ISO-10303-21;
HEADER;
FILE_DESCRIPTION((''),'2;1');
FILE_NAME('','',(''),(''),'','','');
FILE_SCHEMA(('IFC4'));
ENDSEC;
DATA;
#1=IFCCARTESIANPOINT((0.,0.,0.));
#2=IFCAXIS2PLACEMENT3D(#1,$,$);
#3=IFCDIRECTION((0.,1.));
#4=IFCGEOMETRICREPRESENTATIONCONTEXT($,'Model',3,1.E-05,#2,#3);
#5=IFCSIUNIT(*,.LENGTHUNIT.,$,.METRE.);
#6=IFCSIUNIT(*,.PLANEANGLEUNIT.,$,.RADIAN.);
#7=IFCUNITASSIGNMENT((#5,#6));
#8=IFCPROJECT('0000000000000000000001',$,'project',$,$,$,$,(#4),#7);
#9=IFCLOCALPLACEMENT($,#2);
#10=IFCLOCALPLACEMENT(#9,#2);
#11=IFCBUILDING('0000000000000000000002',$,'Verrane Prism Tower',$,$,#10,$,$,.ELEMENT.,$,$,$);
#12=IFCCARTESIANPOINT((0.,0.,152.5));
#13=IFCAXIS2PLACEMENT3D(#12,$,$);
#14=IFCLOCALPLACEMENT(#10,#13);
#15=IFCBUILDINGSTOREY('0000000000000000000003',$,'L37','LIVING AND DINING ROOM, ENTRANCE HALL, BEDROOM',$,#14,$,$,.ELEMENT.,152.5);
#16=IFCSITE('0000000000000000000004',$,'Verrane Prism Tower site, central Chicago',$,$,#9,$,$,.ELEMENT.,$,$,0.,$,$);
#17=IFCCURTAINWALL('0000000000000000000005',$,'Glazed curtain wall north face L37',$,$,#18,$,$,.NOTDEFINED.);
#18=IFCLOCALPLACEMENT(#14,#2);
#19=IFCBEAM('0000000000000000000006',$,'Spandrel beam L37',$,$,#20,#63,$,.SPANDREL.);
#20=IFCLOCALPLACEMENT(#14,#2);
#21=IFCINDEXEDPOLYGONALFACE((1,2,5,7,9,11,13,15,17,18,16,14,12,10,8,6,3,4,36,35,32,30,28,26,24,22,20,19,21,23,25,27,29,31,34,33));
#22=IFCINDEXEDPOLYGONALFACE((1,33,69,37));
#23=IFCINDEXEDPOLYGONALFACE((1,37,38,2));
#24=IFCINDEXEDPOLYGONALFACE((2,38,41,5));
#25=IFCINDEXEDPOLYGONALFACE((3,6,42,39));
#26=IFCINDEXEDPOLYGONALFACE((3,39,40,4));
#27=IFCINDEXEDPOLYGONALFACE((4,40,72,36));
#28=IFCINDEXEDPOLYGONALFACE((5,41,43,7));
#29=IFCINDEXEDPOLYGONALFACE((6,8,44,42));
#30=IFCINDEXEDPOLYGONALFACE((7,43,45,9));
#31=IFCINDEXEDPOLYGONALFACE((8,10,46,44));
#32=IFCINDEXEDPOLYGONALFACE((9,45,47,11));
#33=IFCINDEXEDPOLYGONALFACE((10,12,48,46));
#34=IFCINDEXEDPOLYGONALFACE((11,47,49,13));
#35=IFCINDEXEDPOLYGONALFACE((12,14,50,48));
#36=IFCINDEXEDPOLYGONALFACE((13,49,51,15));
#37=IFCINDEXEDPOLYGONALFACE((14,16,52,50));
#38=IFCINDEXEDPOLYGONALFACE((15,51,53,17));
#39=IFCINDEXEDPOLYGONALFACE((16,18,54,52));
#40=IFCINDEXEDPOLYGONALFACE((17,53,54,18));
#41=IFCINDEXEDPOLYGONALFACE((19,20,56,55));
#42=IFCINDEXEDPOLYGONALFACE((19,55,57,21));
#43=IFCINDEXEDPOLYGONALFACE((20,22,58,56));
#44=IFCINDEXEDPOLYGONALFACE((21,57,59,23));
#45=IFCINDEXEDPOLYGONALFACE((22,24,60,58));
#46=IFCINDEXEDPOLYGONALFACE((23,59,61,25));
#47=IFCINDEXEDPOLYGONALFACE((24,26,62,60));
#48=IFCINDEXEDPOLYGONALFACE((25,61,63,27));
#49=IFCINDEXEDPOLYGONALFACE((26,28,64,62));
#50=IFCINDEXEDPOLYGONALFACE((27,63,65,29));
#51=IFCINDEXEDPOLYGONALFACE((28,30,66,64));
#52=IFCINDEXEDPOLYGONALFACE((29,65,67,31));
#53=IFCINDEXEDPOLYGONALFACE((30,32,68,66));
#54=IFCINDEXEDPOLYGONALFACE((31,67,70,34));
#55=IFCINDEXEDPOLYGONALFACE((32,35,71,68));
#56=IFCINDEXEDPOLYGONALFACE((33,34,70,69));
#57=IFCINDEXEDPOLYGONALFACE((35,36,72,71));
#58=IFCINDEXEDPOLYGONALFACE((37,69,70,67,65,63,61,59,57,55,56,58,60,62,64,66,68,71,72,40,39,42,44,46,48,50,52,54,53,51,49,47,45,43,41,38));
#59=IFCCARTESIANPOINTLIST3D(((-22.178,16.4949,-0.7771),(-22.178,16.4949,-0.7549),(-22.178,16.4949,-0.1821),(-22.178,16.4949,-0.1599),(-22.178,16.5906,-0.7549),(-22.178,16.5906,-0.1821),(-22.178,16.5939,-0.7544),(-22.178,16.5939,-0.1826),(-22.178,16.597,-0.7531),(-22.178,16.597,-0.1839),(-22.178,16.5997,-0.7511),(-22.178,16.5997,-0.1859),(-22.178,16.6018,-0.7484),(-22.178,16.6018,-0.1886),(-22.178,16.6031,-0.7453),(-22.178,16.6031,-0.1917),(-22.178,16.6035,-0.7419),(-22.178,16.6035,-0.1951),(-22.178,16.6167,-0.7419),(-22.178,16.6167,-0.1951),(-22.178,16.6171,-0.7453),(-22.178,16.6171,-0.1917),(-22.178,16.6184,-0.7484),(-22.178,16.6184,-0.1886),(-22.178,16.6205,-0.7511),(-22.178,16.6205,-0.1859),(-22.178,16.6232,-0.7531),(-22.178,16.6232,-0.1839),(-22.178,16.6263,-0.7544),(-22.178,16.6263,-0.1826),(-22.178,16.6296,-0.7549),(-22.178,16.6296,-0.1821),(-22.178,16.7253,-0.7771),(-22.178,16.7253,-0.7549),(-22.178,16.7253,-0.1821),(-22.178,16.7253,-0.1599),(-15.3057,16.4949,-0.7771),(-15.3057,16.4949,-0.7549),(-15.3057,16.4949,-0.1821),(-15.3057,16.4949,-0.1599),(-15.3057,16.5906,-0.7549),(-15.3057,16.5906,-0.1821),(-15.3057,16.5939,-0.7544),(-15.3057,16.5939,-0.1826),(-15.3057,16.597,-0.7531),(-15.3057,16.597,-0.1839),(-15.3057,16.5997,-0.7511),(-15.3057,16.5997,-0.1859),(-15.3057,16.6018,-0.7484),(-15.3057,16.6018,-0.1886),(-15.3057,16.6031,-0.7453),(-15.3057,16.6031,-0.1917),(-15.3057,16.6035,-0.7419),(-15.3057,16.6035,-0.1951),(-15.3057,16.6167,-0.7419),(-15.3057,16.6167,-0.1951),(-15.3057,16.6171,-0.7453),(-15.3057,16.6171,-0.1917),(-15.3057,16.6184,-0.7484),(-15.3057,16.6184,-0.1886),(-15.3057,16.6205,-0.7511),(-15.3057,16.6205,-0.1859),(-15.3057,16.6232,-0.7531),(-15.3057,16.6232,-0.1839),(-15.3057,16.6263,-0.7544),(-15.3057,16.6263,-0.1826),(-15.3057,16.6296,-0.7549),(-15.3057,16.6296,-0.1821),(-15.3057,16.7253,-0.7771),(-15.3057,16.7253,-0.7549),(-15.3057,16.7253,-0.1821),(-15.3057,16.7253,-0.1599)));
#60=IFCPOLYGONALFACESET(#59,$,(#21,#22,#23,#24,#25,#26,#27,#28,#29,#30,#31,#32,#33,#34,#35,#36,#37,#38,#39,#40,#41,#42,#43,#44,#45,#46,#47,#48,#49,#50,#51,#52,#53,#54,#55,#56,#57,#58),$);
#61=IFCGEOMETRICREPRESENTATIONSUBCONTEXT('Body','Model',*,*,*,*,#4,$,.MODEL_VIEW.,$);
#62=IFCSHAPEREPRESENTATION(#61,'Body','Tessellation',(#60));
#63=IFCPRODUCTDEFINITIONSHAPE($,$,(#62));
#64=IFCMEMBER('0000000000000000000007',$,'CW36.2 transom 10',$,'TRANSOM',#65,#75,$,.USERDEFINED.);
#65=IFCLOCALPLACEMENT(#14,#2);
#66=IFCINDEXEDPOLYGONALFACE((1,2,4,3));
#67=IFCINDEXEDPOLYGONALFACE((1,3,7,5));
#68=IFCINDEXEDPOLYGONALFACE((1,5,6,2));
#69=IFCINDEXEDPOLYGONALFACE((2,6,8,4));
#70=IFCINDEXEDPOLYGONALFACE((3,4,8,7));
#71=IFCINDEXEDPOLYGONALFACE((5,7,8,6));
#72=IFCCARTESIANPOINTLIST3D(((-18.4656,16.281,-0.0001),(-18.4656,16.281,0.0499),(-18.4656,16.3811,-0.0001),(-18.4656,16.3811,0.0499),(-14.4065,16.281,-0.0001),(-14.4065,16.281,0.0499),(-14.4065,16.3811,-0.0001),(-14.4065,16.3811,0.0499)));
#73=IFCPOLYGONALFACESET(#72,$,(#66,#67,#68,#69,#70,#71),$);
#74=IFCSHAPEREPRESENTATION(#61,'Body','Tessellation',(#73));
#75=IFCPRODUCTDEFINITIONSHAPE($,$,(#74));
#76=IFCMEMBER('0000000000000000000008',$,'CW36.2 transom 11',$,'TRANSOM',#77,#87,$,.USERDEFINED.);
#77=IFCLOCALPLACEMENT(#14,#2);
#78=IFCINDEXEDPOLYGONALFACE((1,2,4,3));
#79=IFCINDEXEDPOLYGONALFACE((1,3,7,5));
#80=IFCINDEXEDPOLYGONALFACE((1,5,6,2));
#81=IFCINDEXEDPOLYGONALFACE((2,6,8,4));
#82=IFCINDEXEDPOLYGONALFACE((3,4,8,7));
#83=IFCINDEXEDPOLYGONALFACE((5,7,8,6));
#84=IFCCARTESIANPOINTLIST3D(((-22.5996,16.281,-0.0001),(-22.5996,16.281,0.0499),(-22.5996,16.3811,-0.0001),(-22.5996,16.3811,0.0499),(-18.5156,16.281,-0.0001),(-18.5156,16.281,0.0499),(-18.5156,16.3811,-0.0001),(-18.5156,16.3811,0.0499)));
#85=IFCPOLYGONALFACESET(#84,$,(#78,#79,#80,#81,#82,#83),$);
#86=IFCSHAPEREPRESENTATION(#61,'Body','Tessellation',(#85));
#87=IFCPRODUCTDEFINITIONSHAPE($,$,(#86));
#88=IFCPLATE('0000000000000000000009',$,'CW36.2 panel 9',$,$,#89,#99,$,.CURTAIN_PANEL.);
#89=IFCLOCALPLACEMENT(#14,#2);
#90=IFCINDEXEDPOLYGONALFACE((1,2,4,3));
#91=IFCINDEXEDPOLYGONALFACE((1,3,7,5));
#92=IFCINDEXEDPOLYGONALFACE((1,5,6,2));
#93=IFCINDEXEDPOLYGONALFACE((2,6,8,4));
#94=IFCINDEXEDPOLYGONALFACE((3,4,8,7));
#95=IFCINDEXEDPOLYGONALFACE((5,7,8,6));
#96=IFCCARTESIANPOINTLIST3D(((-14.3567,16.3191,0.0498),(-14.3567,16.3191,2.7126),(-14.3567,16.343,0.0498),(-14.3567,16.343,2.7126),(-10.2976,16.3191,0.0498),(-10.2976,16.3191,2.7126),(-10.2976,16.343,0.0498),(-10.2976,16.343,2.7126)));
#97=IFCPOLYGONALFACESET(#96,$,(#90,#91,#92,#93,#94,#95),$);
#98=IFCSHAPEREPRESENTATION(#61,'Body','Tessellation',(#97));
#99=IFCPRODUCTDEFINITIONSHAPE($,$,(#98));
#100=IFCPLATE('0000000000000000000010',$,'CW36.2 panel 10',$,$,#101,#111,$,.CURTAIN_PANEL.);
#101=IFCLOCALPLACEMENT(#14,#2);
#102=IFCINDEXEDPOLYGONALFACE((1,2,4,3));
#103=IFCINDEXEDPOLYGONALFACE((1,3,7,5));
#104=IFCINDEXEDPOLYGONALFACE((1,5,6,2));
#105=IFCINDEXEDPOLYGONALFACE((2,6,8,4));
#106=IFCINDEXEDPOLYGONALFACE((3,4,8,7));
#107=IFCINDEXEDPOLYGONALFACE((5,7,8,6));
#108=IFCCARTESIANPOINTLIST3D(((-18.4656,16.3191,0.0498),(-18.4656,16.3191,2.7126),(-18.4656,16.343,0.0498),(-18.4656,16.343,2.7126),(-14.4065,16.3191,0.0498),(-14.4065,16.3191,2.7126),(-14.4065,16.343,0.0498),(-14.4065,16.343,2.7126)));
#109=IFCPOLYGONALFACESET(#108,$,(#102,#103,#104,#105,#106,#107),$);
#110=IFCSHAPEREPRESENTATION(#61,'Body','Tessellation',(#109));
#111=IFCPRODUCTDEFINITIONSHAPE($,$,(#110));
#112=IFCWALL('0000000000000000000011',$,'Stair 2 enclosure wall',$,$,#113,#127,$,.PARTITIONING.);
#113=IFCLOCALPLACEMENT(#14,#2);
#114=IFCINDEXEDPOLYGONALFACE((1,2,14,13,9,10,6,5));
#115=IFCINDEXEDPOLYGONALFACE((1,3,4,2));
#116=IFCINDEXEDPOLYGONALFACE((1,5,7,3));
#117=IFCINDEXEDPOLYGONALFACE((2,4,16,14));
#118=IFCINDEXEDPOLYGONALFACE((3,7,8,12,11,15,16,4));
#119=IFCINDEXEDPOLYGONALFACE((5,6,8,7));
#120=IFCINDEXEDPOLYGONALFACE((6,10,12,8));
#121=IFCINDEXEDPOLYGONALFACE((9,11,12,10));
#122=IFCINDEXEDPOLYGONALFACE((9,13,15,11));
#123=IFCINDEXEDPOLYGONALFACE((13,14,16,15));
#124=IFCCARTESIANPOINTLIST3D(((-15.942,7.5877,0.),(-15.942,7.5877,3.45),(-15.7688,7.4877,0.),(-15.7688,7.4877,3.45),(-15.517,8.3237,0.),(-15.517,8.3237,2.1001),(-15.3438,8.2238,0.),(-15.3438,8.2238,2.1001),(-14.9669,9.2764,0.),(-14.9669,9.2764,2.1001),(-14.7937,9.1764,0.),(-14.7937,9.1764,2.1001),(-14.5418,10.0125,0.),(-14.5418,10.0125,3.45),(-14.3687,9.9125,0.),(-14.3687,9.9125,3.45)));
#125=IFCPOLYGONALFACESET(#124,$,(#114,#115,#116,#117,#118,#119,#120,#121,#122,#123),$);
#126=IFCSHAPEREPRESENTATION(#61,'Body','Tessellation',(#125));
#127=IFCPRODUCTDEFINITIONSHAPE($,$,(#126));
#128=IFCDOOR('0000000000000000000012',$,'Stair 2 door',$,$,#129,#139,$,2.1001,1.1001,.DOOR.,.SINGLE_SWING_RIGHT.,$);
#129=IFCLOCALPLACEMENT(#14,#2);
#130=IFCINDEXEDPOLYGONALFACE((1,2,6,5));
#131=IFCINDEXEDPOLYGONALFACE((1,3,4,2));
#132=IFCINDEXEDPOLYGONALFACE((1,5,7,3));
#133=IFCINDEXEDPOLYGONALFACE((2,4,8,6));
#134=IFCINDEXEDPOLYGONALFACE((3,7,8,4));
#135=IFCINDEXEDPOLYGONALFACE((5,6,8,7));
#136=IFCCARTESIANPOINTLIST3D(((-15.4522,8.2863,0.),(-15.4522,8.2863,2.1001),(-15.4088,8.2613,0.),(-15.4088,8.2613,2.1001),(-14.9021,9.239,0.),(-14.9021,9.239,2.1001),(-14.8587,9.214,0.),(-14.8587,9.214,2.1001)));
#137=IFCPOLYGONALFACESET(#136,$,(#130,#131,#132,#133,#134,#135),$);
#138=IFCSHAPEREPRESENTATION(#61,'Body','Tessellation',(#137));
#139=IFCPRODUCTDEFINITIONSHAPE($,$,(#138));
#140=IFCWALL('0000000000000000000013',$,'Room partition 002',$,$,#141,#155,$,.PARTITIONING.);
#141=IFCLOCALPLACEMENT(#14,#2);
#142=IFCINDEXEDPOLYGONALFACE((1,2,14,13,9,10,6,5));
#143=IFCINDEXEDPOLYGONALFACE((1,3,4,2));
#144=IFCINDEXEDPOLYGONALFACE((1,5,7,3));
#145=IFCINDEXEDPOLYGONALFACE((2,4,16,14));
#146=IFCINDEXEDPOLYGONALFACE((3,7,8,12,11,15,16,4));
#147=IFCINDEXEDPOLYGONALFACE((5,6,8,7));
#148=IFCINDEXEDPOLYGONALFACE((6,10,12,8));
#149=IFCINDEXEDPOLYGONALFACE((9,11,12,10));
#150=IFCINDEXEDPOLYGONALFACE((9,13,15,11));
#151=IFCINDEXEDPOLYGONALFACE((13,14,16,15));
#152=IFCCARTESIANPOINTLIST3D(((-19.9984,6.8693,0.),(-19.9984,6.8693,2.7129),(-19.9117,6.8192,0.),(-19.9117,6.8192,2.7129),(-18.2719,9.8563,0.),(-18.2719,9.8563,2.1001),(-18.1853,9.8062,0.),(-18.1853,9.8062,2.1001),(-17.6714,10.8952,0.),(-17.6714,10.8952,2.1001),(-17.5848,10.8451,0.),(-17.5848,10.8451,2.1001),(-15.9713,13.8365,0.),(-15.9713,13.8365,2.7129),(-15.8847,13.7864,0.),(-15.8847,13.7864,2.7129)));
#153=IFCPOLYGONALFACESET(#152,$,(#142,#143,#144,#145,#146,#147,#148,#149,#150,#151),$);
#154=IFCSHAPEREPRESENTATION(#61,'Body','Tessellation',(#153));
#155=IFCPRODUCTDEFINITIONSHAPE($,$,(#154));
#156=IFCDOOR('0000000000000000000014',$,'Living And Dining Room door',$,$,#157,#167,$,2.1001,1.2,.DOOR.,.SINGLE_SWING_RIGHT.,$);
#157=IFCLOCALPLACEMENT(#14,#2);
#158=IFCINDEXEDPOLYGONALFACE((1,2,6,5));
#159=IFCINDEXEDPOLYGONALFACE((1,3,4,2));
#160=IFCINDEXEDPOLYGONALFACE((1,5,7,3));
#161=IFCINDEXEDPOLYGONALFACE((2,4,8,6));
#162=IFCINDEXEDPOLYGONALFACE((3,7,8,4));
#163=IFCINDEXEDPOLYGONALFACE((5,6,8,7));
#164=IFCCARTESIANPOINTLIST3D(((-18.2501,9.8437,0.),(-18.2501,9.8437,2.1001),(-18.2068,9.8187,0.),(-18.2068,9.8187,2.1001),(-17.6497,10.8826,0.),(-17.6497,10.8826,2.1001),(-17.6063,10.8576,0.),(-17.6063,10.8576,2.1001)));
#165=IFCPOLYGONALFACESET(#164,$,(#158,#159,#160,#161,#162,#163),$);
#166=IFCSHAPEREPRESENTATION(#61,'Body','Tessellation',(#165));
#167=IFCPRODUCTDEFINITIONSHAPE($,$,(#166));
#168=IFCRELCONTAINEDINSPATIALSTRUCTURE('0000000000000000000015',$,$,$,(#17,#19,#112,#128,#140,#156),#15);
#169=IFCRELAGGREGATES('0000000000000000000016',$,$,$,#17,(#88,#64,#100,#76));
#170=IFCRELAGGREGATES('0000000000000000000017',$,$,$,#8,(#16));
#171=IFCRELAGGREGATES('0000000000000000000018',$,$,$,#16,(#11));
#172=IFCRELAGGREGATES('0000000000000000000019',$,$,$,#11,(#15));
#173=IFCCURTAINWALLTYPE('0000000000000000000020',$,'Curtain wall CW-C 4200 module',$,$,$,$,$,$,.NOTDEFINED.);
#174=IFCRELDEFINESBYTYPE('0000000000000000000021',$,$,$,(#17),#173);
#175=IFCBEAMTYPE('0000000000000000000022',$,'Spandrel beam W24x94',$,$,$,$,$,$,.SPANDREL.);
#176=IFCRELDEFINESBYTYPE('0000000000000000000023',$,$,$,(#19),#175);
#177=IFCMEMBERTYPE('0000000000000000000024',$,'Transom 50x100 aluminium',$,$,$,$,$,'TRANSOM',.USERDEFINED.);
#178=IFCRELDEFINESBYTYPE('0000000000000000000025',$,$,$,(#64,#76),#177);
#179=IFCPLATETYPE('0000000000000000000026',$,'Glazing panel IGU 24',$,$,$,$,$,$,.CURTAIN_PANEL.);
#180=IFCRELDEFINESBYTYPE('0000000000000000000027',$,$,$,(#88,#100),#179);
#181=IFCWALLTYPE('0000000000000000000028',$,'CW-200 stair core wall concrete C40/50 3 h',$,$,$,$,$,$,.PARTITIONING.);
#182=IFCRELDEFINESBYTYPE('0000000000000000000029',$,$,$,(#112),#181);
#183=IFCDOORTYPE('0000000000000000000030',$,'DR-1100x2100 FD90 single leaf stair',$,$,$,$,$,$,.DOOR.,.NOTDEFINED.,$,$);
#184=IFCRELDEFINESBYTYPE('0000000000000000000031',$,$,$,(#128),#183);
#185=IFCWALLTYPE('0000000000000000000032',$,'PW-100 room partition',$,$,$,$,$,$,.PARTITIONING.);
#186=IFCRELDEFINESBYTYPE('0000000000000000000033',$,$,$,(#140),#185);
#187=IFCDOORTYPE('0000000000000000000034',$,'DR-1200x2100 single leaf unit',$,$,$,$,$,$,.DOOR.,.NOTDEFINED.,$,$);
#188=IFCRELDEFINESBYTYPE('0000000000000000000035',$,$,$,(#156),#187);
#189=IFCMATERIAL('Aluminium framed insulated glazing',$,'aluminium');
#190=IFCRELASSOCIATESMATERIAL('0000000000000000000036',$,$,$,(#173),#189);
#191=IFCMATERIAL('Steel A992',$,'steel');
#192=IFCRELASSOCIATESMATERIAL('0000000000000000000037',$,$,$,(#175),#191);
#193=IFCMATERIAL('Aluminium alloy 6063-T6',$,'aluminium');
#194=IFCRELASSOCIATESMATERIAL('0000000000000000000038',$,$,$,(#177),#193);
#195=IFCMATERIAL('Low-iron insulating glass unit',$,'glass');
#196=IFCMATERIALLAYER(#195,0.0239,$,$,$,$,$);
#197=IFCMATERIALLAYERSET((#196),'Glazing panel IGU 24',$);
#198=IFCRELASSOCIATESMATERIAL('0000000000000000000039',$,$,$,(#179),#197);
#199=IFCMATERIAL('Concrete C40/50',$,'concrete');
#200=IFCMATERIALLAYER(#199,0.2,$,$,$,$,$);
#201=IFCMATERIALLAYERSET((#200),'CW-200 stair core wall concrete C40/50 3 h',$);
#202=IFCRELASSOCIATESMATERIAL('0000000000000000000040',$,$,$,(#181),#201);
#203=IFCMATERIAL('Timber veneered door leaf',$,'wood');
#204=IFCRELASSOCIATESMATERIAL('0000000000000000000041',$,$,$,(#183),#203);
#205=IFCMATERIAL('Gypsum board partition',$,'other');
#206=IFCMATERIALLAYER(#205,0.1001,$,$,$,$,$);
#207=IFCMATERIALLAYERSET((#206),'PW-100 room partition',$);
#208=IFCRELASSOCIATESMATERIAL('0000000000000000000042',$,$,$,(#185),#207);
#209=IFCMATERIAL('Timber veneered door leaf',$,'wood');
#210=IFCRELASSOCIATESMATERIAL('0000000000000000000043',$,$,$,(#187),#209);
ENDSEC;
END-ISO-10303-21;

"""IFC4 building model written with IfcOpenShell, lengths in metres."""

from ifc_helpers import new_model, si_unit, direction, frame, frame_2d, origin, origin_2d, place, context, subcontext, project, spatial, rectangle, i_section, extrude, material, layer, layer_set, material_profile, profile_set, type_object, element, fill, aggregate, save


model = new_model("IFC4")

# Units and contexts
model_context = context("Model", 3, precision=1e-05, world=origin(), true_north=direction((0.0, 1.0)))
body_context = subcontext(model_context, "Body", "Model", "MODEL_VIEW")
ifc_project = project(units=[si_unit("LENGTHUNIT", "METRE"), si_unit("PLANEANGLEUNIT", "RADIAN")], contexts=[model_context])

# Site, building, storey
site_placement = place(None, origin())
site = spatial("IfcSite", under=ifc_project, at=site_placement, Name="Verrane Prism Tower site, central Chicago", CompositionType="ELEMENT", RefElevation=0.0)
building_placement = place(site_placement, origin())
building = spatial("IfcBuilding", under=site, at=building_placement, Name="Verrane Prism Tower", CompositionType="ELEMENT")
storey_placement = place(building_placement, frame((0.0, 0.0, 152.5)))
storey = spatial("IfcBuildingStorey", under=building, at=storey_placement, Name="L37", Description="LIVING AND DINING ROOM, ENTRANCE HALL, BEDROOM", CompositionType="ELEMENT", Elevation=152.5)

# Curtain wall
ifc_material_1 = material(Name="Aluminium framed insulated glazing", Category="aluminium")
curtain_wall_type = type_object("IfcCurtainWallType", Name="Curtain wall CW-C 4200 module", PredefinedType="NOTDEFINED", material=ifc_material_1)
curtain_wall_placement = place(storey_placement, origin())
curtain_wall = element("IfcCurtainWall", 1, at=curtain_wall_placement, inside=storey, type_object=curtain_wall_type, Name="Glazed curtain wall north face L37", PredefinedType="NOTDEFINED")

# Beam
ifc_material_2 = material(Name="Steel A992", Category="steel")
ifc_material_profile_1 = material_profile(ifc_material_2, i_section(OverallWidth=0.2305, OverallDepth=0.6172, WebThickness=0.0132, FlangeThickness=0.0222, FilletRadius=0.0129, at=origin_2d()), Name="W24x94")
ifc_profile_set_1 = profile_set([ifc_material_profile_1], Name="Steel A992")
beam_type_1 = type_object("IfcBeamType", Name="Spandrel beam W24x94", PredefinedType="SPANDREL", material=ifc_profile_set_1)
beam_1_placement = place(storey_placement, frame((-15.3057, 16.6101, -0.4685), z_axis=(-1.0, 0.0, 0.0), x_axis=(0.0, -1.0, 0.0)))
element("IfcBeam", 2, at=beam_1_placement, inside=storey, type_object=beam_type_1, Name="Spandrel beam L37", PredefinedType="SPANDREL", context=body_context, shape_type="SweptSolid", body=[
    extrude(i_section(OverallWidth=0.2305, OverallDepth=0.6172, WebThickness=0.0132, FlangeThickness=0.0222, FilletRadius=0.0129, at=origin_2d()), origin(), (0.0, 0.0, 1.0), 6.8723),
])

# Members
ifc_material_3 = material(Name="Aluminium alloy 6063-T6", Category="aluminium")
ifc_material_profile_2 = material_profile(ifc_material_3, rectangle(XDim=0.1001, YDim=0.05, at=origin_2d()), Name="Transom 50x100 aluminium")
ifc_profile_set_2 = profile_set([ifc_material_profile_2], Name="Aluminium alloy 6063-T6")
member_type_1 = type_object("IfcMemberType", Name="Transom 50x100 aluminium", ElementType="TRANSOM", PredefinedType="USERDEFINED", material=ifc_profile_set_2)
member_1_placement = place(storey_placement, frame((-14.4065, 16.3311, 0.0249), z_axis=(-1.0, 0.0, 0.0), x_axis=(0.0, -1.0, 0.0)))
member_1 = element("IfcMember", 3, at=member_1_placement, type_object=member_type_1, Name="CW36.2 transom 10", ObjectType="TRANSOM", PredefinedType="USERDEFINED", context=body_context, shape_type="SweptSolid", body=[
    extrude(rectangle(XDim=0.1001, YDim=0.05, at=origin_2d()), origin(), (0.0, 0.0, 1.0), 4.0591),
])
member_2_placement = place(storey_placement, frame((-18.5156, 16.3311, 0.0249), z_axis=(-1.0, 0.0, 0.0), x_axis=(0.0, -1.0, 0.0)))
member_2 = element("IfcMember", 4, at=member_2_placement, type_object=member_type_1, Name="CW36.2 transom 11", ObjectType="TRANSOM", PredefinedType="USERDEFINED", context=body_context, shape_type="SweptSolid", body=[
    extrude(rectangle(XDim=0.1001, YDim=0.05, at=origin_2d()), origin(), (0.0, 0.0, 1.0), 4.084),
])

# Plates
ifc_material_4 = material(Name="Low-iron insulating glass unit", Category="glass")
ifc_layer_1 = layer(ifc_material_4, 0.0239)
ifc_layer_set_1 = layer_set([ifc_layer_1], Name="Glazing panel IGU 24")
plate_type = type_object("IfcPlateType", Name="Glazing panel IGU 24", PredefinedType="CURTAIN_PANEL", material=ifc_layer_set_1)
plate_1_placement = place(storey_placement, frame((-12.3271, 16.3311, 0.0498), z_axis=(0.0, 0.0, 1.0), x_axis=(-1.0, 0.0, 0.0)))
plate_1 = element("IfcPlate", 5, at=plate_1_placement, type_object=plate_type, Name="CW36.2 panel 9", PredefinedType="CURTAIN_PANEL", context=body_context, shape_type="SweptSolid", body=[
    extrude(rectangle(XDim=4.0591, YDim=0.0239, at=origin_2d()), origin(), (0.0, 0.0, 1.0), 2.6628),
])
plate_2_placement = place(storey_placement, frame((-16.436, 16.3311, 0.0498), z_axis=(0.0, 0.0, 1.0), x_axis=(-1.0, 0.0, 0.0)))
plate_2 = element("IfcPlate", 6, at=plate_2_placement, type_object=plate_type, Name="CW36.2 panel 10", PredefinedType="CURTAIN_PANEL", context=body_context, shape_type="SweptSolid", body=[
    extrude(rectangle(XDim=4.0591, YDim=0.0239, at=origin_2d()), origin(), (0.0, 0.0, 1.0), 2.6628),
])
aggregate(curtain_wall, [plate_1, member_1, plate_2, member_2])

# Walls, openings, doors
ifc_material_5 = material(Name="Concrete C40/50", Category="concrete")
ifc_layer_2 = layer(ifc_material_5, 0.2)
ifc_layer_set_2 = layer_set([ifc_layer_2], Name="CW-200 stair core wall concrete C40/50 3 h")
wall_type_1 = type_object("IfcWallType", Name="CW-200 stair core wall concrete C40/50 3 h", PredefinedType="PARTITIONING", material=ifc_layer_set_2)
wall_1_placement = place(storey_placement, frame((-14.4553, 9.9624, 0.0), z_axis=(0.0, 0.0, 1.0), x_axis=(-0.50005, -0.865997, 0.0)))
wall_1 = element("IfcWall", 7, at=wall_1_placement, inside=storey, type_object=wall_type_1, Name="Stair 2 enclosure wall", PredefinedType="PARTITIONING", context=body_context, shape_type="SweptSolid", body=[
    extrude(rectangle(XDim=2.8, YDim=0.2, at=frame_2d((1.3999, 0.0))), origin(), (0.0, 0.0, 1.0), 3.45),
])
opening_1_placement = place(wall_1_placement, frame((0.8499, 0.0, 0.0)))
opening_1 = element("IfcOpeningElement", 8, at=opening_1_placement, cuts=wall_1, PredefinedType="OPENING", context=body_context, shape_type="SweptSolid", body=[
    extrude(rectangle(XDim=1.1001, YDim=2.1001, at=frame_2d((0.55, 1.05))), frame((0.0, 0.1099, 0.0), z_axis=(0.0, -1.0, 0.0), x_axis=(1.0, 0.0, 0.0)), (0.0, 0.0, 1.0), 0.22),
])
ifc_material_6 = material(Name="Timber veneered door leaf", Category="wood")
door_type_1 = type_object("IfcDoorType", Name="DR-1100x2100 FD90 single leaf stair", OperationType="NOTDEFINED", PredefinedType="DOOR", material=ifc_material_6)
door_1_placement = place(opening_1_placement, origin())
door_1 = element("IfcDoor", 9, at=door_1_placement, inside=storey, type_object=door_type_1, Name="Stair 2 door", OperationType="SINGLE_SWING_RIGHT", OverallHeight=2.1001, OverallWidth=1.1001, PredefinedType="DOOR", context=body_context, shape_type="SweptSolid", body=[
    extrude(rectangle(XDim=1.1001, YDim=2.1001, at=frame_2d((0.55, 1.05))), frame((0.0, 0.0249, 0.0), z_axis=(0.0, -1.0, 0.0), x_axis=(1.0, 0.0, 0.0)), (0.0, 0.0, 1.0), 0.05),
])
fill(opening_1, door_1)
ifc_material_7 = material(Name="Gypsum board partition", Category="other")
ifc_layer_3 = layer(ifc_material_7, 0.1001)
ifc_layer_set_3 = layer_set([ifc_layer_3], Name="PW-100 room partition")
wall_type_2 = type_object("IfcWallType", Name="PW-100 room partition", PredefinedType="PARTITIONING", material=ifc_layer_set_3)
wall_2_placement = place(storey_placement, frame((-19.9551, 6.8442, 0.0), z_axis=(0.0, 0.0, 1.0), x_axis=(0.500423, 0.865781, 0.0)))
wall_2 = element("IfcWall", 10, at=wall_2_placement, inside=storey, type_object=wall_type_2, Name="Room partition 002", PredefinedType="PARTITIONING", context=body_context, shape_type="SweptSolid", body=[
    extrude(rectangle(XDim=8.0474, YDim=0.1001, at=frame_2d((4.0237, 0.0))), origin(), (0.0, 0.0, 1.0), 2.7129),
])
opening_2_placement = place(wall_2_placement, frame((3.45, 0.0, 0.0)))
opening_2 = element("IfcOpeningElement", 11, at=opening_2_placement, cuts=wall_2, PredefinedType="OPENING", context=body_context, shape_type="SweptSolid", body=[
    extrude(rectangle(XDim=1.2, YDim=2.1001, at=frame_2d((0.6001, 1.05))), frame((0.0, 0.0601, 0.0), z_axis=(0.0, -1.0, 0.0), x_axis=(1.0, 0.0, 0.0)), (0.0, 0.0, 1.0), 0.1201),
])
ifc_material_8 = material(Name="Timber veneered door leaf", Category="wood")
door_type_2 = type_object("IfcDoorType", Name="DR-1200x2100 single leaf unit", OperationType="NOTDEFINED", PredefinedType="DOOR", material=ifc_material_8)
door_2_placement = place(opening_2_placement, origin())
door_2 = element("IfcDoor", 12, at=door_2_placement, inside=storey, type_object=door_type_2, Name="Living And Dining Room door", OperationType="SINGLE_SWING_RIGHT", OverallHeight=2.1001, OverallWidth=1.2, PredefinedType="DOOR", context=body_context, shape_type="SweptSolid", body=[
    extrude(rectangle(XDim=1.2, YDim=2.1001, at=frame_2d((0.6001, 1.05))), frame((0.0, 0.0249, 0.0), z_axis=(0.0, -1.0, 0.0), x_axis=(1.0, 0.0, 0.0)), (0.0, 0.0, 1.0), 0.05),
])
fill(opening_2, door_2)

save(model, "model.ifc")
